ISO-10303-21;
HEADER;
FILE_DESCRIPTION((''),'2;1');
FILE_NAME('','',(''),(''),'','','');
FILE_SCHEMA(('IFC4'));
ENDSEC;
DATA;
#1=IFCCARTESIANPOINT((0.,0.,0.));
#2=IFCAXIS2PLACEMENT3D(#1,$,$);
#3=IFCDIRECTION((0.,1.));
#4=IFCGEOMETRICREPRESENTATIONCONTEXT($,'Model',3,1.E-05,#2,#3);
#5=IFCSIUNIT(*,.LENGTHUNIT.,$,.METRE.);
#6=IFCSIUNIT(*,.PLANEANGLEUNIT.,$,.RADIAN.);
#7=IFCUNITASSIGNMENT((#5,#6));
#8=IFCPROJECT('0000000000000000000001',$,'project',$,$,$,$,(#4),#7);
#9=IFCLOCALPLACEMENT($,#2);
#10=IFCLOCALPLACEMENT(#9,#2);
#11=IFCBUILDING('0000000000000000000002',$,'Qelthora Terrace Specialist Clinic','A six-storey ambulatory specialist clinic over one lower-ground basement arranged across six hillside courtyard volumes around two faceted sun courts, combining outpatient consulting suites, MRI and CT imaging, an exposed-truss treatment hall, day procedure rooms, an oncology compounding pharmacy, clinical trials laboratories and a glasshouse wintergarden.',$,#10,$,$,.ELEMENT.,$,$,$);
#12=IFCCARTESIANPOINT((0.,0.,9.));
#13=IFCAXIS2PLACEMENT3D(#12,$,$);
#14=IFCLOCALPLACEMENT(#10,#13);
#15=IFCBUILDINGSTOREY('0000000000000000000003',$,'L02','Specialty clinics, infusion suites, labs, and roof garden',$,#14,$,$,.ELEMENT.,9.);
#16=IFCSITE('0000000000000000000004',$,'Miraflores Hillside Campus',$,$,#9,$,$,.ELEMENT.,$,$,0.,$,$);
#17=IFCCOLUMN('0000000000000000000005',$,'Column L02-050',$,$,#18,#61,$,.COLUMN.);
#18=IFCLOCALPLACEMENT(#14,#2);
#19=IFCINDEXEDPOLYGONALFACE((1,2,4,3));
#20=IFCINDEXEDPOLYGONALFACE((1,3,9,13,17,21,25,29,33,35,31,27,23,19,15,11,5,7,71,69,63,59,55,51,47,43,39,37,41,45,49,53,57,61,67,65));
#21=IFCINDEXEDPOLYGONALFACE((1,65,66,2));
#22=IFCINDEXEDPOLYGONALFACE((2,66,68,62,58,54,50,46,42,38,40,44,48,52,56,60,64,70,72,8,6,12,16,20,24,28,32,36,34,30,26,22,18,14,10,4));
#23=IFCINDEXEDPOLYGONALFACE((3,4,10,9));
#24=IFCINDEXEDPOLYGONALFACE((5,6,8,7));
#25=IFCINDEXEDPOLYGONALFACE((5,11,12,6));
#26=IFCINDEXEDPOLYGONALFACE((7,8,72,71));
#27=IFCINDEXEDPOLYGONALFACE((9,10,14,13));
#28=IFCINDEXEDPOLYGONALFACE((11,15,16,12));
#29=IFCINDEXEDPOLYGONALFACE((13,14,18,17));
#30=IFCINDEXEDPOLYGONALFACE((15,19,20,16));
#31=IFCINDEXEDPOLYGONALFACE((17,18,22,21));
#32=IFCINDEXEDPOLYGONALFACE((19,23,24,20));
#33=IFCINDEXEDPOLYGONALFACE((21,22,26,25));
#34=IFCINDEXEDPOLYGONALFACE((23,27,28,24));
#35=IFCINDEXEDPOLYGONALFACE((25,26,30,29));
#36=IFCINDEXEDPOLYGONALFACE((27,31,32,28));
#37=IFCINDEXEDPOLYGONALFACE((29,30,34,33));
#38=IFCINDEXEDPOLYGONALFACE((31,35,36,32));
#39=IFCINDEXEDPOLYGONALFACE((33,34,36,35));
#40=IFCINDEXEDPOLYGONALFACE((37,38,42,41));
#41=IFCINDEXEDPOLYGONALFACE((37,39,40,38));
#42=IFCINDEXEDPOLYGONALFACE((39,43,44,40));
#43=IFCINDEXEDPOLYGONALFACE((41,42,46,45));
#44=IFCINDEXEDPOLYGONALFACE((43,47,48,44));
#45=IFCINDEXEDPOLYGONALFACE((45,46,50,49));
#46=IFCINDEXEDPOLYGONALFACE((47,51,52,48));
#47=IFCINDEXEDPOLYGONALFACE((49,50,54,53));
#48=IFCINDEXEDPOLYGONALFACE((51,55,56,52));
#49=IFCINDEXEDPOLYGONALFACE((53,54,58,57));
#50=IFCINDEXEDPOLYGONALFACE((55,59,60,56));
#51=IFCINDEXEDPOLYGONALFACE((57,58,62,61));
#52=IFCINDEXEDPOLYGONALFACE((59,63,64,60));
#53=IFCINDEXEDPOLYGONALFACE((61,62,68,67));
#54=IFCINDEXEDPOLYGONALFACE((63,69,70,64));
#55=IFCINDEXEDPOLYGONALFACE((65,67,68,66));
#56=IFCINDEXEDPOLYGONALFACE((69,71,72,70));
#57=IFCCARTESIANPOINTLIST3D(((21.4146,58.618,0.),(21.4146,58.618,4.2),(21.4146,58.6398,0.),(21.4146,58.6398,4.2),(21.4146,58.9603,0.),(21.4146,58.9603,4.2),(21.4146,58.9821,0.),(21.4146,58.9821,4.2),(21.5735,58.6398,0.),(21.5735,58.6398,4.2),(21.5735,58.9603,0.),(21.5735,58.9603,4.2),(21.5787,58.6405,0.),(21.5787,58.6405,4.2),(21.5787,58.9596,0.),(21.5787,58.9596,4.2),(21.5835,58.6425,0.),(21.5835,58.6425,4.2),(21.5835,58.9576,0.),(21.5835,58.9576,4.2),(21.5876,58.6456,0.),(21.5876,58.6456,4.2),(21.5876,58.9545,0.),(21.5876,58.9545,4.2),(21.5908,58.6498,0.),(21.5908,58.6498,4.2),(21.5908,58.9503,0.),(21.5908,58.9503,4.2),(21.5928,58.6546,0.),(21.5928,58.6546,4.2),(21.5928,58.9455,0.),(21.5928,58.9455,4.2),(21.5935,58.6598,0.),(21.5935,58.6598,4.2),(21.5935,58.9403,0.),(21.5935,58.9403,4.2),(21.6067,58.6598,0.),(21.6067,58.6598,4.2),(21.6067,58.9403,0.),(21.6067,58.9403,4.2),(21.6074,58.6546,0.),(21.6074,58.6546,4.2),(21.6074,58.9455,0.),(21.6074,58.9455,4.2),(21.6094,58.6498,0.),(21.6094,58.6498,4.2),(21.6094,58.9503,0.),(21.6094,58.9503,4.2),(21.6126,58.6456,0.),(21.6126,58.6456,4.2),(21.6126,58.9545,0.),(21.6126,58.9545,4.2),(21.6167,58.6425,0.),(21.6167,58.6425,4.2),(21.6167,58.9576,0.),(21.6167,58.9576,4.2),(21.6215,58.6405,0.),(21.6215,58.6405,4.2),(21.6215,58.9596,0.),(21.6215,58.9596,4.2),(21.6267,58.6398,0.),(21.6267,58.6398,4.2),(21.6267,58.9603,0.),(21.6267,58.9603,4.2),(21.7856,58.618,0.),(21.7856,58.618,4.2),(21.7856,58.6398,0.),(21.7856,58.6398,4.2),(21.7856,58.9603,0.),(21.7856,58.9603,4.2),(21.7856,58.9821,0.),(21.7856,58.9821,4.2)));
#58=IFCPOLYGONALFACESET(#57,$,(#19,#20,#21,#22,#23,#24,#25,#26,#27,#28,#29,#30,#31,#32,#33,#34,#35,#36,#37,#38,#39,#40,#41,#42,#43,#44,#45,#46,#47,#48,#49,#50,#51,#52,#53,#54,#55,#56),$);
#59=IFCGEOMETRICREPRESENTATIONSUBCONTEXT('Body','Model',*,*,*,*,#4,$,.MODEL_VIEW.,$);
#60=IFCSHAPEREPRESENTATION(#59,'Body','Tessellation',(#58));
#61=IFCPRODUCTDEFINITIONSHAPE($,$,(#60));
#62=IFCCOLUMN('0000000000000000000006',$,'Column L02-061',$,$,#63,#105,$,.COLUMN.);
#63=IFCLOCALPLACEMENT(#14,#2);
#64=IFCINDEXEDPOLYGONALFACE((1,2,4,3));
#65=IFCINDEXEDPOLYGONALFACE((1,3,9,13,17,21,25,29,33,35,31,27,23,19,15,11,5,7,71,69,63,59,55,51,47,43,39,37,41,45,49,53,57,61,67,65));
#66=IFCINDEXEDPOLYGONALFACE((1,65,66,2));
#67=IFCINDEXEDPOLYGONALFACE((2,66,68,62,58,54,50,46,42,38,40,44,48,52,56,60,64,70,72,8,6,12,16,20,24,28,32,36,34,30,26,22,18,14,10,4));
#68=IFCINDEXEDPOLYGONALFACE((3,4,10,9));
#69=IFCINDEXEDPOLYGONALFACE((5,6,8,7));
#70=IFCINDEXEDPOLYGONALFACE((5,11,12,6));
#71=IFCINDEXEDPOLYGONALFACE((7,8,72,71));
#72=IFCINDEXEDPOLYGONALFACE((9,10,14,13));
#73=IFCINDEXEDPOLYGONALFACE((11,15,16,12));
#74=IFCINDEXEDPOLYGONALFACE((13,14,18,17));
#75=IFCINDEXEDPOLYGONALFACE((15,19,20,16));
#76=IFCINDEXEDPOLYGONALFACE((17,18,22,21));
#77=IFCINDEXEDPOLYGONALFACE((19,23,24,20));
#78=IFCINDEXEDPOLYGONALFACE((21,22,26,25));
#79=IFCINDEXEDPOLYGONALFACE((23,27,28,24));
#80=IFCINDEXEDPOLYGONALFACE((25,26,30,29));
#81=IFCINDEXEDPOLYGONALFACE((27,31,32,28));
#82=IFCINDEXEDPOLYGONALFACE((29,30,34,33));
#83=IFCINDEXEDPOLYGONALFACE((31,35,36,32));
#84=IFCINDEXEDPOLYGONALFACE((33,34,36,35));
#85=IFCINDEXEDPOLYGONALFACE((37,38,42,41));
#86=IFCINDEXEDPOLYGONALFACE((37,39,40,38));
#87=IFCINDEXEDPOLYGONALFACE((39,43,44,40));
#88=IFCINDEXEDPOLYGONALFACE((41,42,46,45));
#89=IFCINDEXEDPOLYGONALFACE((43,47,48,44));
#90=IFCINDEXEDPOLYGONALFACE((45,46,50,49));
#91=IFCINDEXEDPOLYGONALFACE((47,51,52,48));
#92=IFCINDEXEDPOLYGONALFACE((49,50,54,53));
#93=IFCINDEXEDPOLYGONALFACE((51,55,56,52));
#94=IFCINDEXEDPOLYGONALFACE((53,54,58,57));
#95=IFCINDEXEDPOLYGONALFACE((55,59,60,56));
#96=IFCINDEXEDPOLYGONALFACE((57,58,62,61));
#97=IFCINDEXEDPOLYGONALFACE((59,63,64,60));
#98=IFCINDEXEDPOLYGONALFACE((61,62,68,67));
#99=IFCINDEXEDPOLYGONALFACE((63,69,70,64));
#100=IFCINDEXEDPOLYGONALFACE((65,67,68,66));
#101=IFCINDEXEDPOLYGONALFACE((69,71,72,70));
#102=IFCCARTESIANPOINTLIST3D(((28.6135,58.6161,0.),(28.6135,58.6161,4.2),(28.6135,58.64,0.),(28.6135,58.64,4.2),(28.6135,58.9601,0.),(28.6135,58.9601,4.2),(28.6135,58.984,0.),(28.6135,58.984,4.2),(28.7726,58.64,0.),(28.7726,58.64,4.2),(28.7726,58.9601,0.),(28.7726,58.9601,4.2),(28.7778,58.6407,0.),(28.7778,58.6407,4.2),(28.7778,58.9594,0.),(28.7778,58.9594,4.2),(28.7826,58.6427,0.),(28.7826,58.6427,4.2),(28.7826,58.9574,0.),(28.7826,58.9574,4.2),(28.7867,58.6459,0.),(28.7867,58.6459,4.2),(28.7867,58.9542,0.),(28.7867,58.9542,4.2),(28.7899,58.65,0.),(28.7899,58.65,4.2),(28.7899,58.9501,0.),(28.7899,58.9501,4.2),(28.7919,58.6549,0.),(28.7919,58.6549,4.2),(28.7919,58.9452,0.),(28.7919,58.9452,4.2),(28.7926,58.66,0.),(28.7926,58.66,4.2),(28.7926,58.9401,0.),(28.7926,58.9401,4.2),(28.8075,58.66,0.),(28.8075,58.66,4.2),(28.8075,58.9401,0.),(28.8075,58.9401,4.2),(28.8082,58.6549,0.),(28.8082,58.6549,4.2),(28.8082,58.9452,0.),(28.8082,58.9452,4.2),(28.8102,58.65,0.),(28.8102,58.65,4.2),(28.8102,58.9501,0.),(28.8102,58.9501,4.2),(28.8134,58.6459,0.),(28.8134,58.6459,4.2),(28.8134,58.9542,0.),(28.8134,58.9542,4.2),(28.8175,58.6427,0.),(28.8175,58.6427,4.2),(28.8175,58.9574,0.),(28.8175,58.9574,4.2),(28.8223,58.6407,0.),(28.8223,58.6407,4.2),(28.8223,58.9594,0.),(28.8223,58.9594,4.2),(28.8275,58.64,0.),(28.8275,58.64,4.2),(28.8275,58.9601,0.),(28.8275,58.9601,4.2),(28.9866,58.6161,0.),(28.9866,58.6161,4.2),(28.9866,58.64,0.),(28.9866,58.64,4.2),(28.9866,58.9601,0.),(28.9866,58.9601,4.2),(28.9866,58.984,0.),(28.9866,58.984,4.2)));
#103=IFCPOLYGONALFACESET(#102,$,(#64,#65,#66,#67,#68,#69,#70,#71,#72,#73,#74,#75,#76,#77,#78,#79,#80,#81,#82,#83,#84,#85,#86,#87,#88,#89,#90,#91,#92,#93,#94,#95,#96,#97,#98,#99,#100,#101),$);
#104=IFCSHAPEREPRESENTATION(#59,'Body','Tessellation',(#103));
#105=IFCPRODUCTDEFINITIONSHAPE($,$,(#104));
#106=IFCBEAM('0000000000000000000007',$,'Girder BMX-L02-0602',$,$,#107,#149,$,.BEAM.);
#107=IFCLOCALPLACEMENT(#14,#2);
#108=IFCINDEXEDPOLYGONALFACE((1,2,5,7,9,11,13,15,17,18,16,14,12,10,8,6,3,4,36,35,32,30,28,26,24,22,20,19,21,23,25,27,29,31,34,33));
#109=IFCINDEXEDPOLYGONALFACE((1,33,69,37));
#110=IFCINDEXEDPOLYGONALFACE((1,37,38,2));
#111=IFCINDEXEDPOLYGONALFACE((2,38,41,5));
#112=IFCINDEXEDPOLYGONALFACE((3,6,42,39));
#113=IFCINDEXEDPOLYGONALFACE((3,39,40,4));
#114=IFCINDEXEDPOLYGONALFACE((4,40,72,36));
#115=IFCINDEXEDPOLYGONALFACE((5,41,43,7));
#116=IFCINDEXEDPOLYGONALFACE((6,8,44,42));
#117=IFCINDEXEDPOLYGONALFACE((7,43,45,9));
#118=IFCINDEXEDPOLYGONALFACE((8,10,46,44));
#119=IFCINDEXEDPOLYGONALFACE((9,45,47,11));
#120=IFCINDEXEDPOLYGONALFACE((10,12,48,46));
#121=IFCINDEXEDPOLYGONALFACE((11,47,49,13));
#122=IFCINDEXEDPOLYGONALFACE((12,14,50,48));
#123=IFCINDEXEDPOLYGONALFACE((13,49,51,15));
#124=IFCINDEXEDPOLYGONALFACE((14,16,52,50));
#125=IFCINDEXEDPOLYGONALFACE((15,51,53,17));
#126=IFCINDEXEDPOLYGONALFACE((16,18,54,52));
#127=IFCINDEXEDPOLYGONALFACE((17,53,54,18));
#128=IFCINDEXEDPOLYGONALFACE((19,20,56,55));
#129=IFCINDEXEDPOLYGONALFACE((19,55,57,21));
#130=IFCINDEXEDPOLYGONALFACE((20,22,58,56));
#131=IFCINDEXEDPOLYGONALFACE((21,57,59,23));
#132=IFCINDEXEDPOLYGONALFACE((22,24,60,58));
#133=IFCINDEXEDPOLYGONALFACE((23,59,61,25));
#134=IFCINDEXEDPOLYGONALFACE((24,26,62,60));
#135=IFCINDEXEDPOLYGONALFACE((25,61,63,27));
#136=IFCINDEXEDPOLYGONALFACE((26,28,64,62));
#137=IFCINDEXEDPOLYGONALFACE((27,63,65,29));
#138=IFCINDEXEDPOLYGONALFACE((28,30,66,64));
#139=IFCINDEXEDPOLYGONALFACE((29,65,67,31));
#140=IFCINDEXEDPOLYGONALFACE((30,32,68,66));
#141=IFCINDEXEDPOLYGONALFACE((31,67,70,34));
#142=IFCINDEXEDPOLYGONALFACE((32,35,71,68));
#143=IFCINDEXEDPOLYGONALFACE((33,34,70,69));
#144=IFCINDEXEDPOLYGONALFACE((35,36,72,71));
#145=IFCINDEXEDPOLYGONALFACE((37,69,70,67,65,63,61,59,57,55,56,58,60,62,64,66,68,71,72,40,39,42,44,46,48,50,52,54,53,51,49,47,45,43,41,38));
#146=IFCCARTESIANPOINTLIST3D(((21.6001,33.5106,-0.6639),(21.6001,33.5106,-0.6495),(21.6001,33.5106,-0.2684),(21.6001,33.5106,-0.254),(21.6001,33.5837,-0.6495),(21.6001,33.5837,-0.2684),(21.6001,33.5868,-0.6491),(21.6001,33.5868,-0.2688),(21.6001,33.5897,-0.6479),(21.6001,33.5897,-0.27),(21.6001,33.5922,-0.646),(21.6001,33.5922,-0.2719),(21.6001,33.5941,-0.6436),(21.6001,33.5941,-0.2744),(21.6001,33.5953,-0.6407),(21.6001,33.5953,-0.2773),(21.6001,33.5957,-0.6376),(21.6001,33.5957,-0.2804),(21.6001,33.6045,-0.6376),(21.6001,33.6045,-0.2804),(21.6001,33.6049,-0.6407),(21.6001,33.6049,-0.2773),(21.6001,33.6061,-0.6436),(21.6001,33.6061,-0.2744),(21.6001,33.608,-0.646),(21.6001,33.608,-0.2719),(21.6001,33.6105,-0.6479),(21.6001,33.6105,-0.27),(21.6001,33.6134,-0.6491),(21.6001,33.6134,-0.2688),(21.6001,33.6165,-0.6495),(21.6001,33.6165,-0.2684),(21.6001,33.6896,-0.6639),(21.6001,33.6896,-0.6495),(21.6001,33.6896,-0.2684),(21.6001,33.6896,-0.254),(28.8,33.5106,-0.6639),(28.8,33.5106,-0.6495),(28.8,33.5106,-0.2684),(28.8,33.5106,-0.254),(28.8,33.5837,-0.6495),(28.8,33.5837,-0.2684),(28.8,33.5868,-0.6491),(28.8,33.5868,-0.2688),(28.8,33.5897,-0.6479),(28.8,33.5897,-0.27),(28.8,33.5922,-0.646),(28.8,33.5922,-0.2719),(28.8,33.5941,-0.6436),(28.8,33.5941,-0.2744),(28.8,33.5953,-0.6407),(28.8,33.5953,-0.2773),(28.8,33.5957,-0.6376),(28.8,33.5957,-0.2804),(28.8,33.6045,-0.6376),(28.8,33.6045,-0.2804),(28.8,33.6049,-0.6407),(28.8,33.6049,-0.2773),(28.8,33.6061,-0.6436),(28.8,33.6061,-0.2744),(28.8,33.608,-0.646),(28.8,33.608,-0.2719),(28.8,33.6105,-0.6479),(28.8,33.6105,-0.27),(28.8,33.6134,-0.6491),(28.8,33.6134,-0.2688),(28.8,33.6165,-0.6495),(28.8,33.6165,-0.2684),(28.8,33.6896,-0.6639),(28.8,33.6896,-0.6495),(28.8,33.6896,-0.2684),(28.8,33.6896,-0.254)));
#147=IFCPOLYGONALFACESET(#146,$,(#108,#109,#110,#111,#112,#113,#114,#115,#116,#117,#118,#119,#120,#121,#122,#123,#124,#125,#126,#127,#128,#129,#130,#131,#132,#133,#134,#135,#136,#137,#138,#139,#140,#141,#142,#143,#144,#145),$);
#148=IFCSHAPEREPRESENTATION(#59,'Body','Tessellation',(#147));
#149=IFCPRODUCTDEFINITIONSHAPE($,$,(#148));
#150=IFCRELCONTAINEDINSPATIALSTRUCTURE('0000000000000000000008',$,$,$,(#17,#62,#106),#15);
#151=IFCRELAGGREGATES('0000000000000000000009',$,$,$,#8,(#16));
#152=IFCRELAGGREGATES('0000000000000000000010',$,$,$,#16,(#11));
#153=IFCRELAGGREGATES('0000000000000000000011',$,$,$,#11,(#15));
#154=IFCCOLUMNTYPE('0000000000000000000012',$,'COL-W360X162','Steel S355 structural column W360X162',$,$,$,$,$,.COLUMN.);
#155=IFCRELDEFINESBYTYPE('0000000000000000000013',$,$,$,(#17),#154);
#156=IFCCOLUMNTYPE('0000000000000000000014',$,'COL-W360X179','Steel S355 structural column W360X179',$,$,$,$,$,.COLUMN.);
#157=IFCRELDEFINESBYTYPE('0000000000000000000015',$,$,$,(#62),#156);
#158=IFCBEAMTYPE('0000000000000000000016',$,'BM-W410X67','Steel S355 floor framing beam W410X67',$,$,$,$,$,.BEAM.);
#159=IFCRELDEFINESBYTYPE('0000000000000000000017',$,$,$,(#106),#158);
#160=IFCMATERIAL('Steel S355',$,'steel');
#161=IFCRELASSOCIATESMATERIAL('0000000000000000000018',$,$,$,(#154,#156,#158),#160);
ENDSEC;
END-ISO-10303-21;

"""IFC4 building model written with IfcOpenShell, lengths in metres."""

from ifc_helpers import new_model, si_unit, direction, frame, origin, origin_2d, place, context, subcontext, project, spatial, i_section, extrude, material, material_profile, profile_set, type_object, element, save


model = new_model("IFC4")

# Units and contexts
model_context = context("Model", 3, precision=1e-05, world=origin(), true_north=direction((0.0, 1.0)))
body_context = subcontext(model_context, "Body", "Model", "MODEL_VIEW")
ifc_project = project(units=[si_unit("LENGTHUNIT", "METRE"), si_unit("PLANEANGLEUNIT", "RADIAN")], contexts=[model_context])

# Site, building, storey
site_placement = place(None, origin())
site = spatial("IfcSite", under=ifc_project, at=site_placement, Name="Miraflores Hillside Campus", CompositionType="ELEMENT", RefElevation=0.0)
building_placement = place(site_placement, origin())
building = spatial("IfcBuilding", under=site, at=building_placement, Name="Qelthora Terrace Specialist Clinic", Description="A six-storey ambulatory specialist clinic over one lower-ground basement arranged across six hillside courtyard volumes around two faceted sun courts, combining outpatient consulting suites, MRI and CT imaging, an exposed-truss treatment hall, day procedure rooms, an oncology compounding pharmacy, clinical trials laboratories and a glasshouse wintergarden.", CompositionType="ELEMENT")
storey_placement = place(building_placement, frame((0.0, 0.0, 9.0)))
storey = spatial("IfcBuildingStorey", under=building, at=storey_placement, Name="L02", Description="Specialty clinics, infusion suites, labs, and roof garden", CompositionType="ELEMENT", Elevation=9.0)

# Columns
ifc_material_1 = material(Name="Steel S355", Category="steel")
ifc_material_profile_1 = material_profile(ifc_material_1, i_section(OverallWidth=0.3711, OverallDepth=0.364, WebThickness=0.0132, FlangeThickness=0.0217, FilletRadius=0.02, at=origin_2d()), Name="W360X162")
ifc_profile_set_1 = profile_set([ifc_material_profile_1], Name="Steel S355")
column_type_1 = type_object("IfcColumnType", Name="COL-W360X162", Description="Steel S355 structural column W360X162", PredefinedType="COLUMN", material=ifc_profile_set_1)
column_1_placement = place(storey_placement, frame((21.6001, 58.8, 0.0), z_axis=(0.0, 0.0, 1.0), x_axis=(1.0, 0.0, 0.0)))
element("IfcColumn", 1, at=column_1_placement, inside=storey, type_object=column_type_1, Name="Column L02-050", PredefinedType="COLUMN", context=body_context, shape_type="SweptSolid", body=[
    extrude(i_section(OverallWidth=0.3711, OverallDepth=0.364, WebThickness=0.0132, FlangeThickness=0.0217, FilletRadius=0.02, at=origin_2d()), origin(), (0.0, 0.0, 1.0), 4.2),
])
ifc_material_profile_2 = material_profile(ifc_material_1, i_section(OverallWidth=0.373, OverallDepth=0.3679, WebThickness=0.0149, FlangeThickness=0.0239, FilletRadius=0.02, at=origin_2d()), Name="W360X179")
ifc_profile_set_2 = profile_set([ifc_material_profile_2], Name="Steel S355")
column_type_2 = type_object("IfcColumnType", Name="COL-W360X179", Description="Steel S355 structural column W360X179", PredefinedType="COLUMN", material=ifc_profile_set_2)
column_2_placement = place(storey_placement, frame((28.8, 58.8, 0.0), z_axis=(0.0, 0.0, 1.0), x_axis=(1.0, 0.0, 0.0)))
element("IfcColumn", 2, at=column_2_placement, inside=storey, type_object=column_type_2, Name="Column L02-061", PredefinedType="COLUMN", context=body_context, shape_type="SweptSolid", body=[
    extrude(i_section(OverallWidth=0.373, OverallDepth=0.3679, WebThickness=0.0149, FlangeThickness=0.0239, FilletRadius=0.02, at=origin_2d()), origin(), (0.0, 0.0, 1.0), 4.2),
])

# Beam
ifc_material_profile_3 = material_profile(ifc_material_1, i_section(OverallWidth=0.179, OverallDepth=0.4099, WebThickness=0.0088, FlangeThickness=0.0144, FilletRadius=0.012, at=origin_2d()), Name="W410X67")
ifc_profile_set_3 = profile_set([ifc_material_profile_3], Name="Steel S355")
beam_type_1 = type_object("IfcBeamType", Name="BM-W410X67", Description="Steel S355 floor framing beam W410X67", PredefinedType="BEAM", material=ifc_profile_set_3)
beam_1_placement = place(storey_placement, frame((21.6001, 33.6001, -0.459), z_axis=(1.0, 0.0, 0.0), x_axis=(0.0, 1.0, 0.0)))
element("IfcBeam", 3, at=beam_1_placement, inside=storey, type_object=beam_type_1, Name="Girder BMX-L02-0602", PredefinedType="BEAM", context=body_context, shape_type="SweptSolid", body=[
    extrude(i_section(OverallWidth=0.179, OverallDepth=0.4099, WebThickness=0.0088, FlangeThickness=0.0144, FilletRadius=0.012, at=origin_2d()), origin(), (0.0, 0.0, 1.0), 7.2),
])

save(model, "model.ifc")
